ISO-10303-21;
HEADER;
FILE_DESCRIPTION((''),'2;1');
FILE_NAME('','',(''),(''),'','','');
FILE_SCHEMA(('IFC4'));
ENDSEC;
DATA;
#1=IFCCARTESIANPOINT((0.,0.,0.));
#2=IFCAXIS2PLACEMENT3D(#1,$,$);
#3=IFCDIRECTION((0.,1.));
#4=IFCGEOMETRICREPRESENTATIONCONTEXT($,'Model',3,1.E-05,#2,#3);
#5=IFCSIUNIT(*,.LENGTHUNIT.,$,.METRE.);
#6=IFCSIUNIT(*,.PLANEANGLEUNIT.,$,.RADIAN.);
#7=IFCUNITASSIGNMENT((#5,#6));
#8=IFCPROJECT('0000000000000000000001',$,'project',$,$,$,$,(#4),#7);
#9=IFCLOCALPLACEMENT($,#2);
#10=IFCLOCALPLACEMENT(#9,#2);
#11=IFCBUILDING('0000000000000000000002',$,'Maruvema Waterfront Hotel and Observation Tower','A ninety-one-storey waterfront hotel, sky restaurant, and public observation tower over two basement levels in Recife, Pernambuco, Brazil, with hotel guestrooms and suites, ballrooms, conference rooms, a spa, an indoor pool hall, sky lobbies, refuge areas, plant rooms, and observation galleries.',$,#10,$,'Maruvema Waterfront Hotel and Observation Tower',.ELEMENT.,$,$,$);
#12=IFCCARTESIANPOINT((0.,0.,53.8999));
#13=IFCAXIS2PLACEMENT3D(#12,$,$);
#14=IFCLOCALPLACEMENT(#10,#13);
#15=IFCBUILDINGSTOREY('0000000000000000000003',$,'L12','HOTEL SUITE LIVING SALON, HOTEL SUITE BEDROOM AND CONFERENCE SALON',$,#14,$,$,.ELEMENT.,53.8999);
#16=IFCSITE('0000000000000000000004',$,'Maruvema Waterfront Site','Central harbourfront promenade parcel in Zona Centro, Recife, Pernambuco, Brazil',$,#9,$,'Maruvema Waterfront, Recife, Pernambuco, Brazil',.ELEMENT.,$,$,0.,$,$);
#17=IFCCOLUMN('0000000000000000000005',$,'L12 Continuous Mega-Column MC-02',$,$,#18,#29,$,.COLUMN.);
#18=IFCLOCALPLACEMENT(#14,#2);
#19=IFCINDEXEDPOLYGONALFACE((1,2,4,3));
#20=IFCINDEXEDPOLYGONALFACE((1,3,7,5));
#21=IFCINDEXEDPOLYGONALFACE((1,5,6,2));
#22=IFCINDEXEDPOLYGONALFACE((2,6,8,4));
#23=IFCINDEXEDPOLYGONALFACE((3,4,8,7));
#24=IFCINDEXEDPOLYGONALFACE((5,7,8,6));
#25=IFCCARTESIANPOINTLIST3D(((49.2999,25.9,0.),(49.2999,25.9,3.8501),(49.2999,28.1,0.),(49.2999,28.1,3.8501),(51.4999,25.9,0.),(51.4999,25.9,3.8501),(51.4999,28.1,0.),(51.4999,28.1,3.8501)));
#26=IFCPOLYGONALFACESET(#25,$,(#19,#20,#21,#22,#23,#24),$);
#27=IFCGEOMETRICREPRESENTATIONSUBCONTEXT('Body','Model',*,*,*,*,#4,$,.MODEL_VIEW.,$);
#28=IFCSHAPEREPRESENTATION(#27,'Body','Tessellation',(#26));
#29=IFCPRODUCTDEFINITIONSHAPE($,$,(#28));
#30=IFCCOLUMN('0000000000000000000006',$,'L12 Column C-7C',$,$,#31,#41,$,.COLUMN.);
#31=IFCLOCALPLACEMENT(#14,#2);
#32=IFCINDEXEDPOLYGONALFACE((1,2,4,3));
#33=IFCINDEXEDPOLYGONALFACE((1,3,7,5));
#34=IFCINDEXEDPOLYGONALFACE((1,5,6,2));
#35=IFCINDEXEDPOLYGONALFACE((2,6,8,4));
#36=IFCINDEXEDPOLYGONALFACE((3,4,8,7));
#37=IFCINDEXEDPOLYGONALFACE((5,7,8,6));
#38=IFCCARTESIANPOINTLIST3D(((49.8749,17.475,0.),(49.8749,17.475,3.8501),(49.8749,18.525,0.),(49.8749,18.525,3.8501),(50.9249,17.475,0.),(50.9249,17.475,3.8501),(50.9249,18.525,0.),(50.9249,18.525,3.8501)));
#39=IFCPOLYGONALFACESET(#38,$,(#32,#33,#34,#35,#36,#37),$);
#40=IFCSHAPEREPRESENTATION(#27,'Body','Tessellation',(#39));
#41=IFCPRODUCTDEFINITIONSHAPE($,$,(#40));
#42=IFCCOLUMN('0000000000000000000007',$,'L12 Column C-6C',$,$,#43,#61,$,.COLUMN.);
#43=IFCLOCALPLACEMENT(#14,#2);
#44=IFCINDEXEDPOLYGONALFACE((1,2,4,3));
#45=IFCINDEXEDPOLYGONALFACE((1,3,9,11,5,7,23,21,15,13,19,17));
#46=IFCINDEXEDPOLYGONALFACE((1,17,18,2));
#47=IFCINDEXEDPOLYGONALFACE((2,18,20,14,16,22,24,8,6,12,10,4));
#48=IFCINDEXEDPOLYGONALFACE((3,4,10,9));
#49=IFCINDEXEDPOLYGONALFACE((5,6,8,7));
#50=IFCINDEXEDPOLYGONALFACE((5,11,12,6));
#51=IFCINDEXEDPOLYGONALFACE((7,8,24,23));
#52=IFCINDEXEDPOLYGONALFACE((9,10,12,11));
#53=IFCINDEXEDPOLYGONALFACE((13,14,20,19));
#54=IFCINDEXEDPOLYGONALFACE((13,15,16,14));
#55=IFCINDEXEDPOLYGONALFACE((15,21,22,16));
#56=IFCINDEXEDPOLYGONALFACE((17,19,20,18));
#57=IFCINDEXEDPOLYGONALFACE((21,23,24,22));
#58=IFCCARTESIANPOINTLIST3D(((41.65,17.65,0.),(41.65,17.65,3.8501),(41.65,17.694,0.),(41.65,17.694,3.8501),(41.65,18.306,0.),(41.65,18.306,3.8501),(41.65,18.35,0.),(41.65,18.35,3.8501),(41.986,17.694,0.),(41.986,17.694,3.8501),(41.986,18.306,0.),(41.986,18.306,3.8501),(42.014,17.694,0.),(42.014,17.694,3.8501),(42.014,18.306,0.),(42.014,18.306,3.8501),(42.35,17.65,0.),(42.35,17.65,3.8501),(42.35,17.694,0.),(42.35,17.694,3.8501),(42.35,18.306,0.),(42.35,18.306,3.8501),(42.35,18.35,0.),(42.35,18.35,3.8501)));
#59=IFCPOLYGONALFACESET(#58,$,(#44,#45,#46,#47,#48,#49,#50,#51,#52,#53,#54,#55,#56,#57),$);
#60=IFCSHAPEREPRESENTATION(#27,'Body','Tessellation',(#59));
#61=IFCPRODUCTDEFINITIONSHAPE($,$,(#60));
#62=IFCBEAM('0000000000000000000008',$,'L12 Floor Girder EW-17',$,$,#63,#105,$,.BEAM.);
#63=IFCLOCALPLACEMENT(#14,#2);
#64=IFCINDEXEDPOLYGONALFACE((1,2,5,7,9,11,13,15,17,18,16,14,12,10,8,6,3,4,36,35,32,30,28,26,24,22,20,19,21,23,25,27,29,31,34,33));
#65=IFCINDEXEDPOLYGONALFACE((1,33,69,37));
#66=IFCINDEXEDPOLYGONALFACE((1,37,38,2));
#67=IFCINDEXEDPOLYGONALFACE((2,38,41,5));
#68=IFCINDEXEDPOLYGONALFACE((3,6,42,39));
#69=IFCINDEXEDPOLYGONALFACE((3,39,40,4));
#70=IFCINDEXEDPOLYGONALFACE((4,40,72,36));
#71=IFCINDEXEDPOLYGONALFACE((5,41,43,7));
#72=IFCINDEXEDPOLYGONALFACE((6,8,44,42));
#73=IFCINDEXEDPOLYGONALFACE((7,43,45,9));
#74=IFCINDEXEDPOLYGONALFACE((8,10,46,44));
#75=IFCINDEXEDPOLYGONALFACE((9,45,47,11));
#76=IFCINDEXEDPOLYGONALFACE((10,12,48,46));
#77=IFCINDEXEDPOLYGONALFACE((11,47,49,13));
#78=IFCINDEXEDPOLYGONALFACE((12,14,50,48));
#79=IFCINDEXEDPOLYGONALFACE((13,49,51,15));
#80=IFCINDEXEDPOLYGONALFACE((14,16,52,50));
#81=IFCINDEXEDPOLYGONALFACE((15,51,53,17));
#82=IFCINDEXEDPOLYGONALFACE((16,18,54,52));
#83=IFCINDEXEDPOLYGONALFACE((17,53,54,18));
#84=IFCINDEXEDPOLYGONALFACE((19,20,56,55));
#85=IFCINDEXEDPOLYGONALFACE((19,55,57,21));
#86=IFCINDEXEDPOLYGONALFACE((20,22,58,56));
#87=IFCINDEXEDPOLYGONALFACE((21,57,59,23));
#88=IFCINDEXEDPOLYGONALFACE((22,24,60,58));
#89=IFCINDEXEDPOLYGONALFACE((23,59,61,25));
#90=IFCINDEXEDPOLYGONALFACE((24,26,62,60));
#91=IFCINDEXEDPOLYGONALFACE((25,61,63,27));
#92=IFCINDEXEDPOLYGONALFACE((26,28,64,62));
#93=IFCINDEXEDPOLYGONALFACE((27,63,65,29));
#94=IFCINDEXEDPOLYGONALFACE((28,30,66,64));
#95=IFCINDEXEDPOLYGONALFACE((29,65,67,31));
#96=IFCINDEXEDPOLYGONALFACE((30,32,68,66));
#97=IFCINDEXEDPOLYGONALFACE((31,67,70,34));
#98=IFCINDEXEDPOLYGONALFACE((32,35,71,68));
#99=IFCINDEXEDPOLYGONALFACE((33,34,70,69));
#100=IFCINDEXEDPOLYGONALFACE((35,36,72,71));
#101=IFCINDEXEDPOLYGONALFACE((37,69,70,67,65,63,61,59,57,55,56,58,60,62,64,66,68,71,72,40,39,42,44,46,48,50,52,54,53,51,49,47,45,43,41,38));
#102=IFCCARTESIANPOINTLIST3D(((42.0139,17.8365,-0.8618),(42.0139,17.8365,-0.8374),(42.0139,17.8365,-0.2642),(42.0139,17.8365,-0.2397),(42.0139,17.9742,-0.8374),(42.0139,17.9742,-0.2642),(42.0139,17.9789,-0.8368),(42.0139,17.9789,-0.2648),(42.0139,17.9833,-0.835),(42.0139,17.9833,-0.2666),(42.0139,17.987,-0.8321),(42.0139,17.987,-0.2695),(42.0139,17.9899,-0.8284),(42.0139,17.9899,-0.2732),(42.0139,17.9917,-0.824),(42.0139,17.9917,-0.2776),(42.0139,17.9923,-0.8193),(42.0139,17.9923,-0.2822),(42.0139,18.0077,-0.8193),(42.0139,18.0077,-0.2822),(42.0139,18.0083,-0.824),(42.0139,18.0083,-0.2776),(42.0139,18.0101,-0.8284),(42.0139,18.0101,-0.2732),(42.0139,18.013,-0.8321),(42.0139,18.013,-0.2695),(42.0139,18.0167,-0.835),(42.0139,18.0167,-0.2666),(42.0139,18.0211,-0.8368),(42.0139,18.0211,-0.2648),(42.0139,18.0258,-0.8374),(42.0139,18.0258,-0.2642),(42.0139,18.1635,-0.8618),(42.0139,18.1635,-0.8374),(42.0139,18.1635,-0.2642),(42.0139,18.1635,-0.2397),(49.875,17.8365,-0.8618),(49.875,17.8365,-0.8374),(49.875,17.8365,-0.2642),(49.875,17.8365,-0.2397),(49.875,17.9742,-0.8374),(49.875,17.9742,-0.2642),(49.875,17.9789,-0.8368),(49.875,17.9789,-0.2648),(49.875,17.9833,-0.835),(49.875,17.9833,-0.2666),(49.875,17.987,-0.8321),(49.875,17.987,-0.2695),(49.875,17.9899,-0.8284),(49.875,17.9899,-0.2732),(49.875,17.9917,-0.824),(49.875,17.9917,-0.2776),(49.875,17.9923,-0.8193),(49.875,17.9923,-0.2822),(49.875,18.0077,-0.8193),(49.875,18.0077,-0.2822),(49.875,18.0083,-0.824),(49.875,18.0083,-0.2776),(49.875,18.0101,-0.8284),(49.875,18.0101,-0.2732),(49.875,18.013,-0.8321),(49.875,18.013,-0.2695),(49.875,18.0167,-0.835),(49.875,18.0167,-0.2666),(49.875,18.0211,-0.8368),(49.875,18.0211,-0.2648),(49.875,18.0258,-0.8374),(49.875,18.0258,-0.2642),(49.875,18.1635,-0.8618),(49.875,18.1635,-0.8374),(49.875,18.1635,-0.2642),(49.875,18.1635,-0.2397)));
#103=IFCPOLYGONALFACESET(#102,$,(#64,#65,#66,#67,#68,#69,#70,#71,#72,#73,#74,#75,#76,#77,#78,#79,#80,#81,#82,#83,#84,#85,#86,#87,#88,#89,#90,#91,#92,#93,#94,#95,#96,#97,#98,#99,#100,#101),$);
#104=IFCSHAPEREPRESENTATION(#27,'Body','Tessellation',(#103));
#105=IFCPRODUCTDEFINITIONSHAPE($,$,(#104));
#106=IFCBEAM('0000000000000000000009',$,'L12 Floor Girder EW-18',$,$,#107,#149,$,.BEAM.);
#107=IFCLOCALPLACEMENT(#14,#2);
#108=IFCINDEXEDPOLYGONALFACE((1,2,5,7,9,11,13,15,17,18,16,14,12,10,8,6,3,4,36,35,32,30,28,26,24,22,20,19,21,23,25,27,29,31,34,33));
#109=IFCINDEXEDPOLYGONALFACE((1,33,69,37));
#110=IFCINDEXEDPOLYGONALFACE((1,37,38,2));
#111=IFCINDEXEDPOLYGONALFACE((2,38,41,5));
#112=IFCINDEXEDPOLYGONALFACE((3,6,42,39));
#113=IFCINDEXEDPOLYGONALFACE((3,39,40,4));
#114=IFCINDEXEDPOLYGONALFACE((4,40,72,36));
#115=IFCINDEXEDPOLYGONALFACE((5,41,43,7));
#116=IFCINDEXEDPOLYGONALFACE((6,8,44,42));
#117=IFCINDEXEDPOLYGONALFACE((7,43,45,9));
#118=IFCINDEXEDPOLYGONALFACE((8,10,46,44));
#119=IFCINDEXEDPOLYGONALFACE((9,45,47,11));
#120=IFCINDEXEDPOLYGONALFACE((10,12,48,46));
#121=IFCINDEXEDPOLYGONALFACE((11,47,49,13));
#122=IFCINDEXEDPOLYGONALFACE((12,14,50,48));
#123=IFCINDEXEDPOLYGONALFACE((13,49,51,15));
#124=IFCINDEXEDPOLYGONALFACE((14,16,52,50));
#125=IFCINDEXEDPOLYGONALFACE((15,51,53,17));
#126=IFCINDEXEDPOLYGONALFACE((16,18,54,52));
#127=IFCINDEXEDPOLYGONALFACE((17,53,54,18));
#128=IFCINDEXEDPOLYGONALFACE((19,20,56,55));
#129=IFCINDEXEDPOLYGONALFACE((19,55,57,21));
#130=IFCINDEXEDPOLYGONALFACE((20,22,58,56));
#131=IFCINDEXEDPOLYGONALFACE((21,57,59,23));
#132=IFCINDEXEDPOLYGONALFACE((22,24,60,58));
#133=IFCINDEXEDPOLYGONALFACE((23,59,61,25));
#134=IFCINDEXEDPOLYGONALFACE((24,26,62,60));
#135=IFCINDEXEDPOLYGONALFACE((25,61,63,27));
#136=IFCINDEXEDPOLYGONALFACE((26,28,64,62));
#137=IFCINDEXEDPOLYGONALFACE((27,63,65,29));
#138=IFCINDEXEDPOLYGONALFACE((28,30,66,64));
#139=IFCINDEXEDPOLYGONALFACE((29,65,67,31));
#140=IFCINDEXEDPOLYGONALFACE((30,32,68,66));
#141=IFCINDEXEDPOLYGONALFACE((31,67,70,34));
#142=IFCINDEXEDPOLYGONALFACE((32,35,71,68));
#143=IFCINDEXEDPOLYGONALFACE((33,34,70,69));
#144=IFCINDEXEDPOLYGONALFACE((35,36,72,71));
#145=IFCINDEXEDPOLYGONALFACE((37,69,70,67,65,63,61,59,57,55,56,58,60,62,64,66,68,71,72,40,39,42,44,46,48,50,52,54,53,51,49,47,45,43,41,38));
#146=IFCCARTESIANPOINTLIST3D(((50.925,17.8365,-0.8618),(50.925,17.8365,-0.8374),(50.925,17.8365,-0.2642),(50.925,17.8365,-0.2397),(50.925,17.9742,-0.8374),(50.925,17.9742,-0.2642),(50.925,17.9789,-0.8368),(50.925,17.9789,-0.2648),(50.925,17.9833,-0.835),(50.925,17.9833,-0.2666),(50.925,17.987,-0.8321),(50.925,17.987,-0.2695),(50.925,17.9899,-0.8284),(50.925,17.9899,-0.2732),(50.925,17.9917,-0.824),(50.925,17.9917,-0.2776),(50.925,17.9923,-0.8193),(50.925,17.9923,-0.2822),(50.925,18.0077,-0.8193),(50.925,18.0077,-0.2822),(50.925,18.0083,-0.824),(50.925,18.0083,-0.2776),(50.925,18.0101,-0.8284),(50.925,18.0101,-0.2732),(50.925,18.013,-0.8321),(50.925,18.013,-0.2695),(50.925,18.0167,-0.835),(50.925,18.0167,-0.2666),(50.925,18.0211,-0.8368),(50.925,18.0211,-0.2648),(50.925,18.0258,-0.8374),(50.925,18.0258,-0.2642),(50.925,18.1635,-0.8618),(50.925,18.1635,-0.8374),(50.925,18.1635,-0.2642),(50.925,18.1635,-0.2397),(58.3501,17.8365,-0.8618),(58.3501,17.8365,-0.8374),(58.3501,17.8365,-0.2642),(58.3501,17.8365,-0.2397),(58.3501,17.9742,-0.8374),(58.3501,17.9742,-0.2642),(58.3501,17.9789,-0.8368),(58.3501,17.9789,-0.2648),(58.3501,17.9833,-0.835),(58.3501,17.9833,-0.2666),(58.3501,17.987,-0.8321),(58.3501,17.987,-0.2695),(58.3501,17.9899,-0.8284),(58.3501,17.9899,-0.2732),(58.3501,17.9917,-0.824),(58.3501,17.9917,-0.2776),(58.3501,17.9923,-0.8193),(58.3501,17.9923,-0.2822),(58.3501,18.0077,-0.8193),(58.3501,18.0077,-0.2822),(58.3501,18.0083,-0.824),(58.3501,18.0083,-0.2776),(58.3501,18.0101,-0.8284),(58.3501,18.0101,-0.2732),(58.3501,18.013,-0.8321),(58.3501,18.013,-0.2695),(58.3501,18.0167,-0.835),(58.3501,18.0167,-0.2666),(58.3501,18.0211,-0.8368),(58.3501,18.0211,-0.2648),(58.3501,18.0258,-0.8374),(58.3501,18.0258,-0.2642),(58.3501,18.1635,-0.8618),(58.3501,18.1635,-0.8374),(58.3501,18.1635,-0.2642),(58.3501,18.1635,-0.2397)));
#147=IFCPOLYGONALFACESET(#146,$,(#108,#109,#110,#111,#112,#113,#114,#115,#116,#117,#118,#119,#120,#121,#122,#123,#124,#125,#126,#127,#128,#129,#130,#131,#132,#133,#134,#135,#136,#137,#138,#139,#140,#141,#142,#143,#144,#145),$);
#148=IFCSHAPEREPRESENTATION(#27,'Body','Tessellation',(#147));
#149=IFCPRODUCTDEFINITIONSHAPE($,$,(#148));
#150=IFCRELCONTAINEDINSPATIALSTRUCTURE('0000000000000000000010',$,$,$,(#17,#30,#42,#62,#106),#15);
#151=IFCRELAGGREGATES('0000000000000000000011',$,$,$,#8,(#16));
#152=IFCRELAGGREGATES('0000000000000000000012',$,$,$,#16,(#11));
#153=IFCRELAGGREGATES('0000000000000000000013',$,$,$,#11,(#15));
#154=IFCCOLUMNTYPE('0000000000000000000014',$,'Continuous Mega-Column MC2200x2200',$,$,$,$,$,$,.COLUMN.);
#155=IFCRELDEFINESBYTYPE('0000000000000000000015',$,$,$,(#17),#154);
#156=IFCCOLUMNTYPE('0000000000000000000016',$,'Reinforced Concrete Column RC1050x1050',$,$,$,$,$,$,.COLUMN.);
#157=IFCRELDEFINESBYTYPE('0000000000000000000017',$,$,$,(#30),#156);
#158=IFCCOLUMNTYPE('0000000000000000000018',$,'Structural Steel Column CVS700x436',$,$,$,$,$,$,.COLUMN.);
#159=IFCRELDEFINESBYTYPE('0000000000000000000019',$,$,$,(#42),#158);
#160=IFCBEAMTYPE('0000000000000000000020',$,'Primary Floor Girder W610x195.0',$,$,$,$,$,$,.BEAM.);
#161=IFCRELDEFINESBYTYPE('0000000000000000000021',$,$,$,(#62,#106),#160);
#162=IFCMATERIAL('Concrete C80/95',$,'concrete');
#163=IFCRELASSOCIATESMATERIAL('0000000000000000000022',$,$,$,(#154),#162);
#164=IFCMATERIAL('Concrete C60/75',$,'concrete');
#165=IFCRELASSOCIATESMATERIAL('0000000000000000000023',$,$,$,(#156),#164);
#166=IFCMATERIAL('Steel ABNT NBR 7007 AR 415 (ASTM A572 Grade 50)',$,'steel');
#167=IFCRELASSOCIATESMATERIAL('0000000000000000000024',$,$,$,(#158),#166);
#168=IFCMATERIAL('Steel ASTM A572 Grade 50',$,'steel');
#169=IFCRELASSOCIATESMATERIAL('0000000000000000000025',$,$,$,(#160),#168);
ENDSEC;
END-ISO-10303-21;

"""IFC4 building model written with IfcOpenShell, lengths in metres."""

from ifc_helpers import new_model, si_unit, direction, frame, origin, origin_2d, place, context, subcontext, project, spatial, rectangle, i_section, extrude, material, material_profile, profile_set, type_object, element, save


model = new_model("IFC4")

# Units and contexts
model_context = context("Model", 3, precision=1e-05, world=origin(), true_north=direction((0.0, 1.0)))
body_context = subcontext(model_context, "Body", "Model", "MODEL_VIEW")
ifc_project = project(units=[si_unit("LENGTHUNIT", "METRE"), si_unit("PLANEANGLEUNIT", "RADIAN")], contexts=[model_context])

# Site, building, storey
site_placement = place(None, origin())
site = spatial("IfcSite", under=ifc_project, at=site_placement, Name="Maruvema Waterfront Site", Description="Central harbourfront promenade parcel in Zona Centro, Recife, Pernambuco, Brazil", LongName="Maruvema Waterfront, Recife, Pernambuco, Brazil", CompositionType="ELEMENT", RefElevation=0.0)
building_placement = place(site_placement, origin())
building = spatial("IfcBuilding", under=site, at=building_placement, Name="Maruvema Waterfront Hotel and Observation Tower", Description="A ninety-one-storey waterfront hotel, sky restaurant, and public observation tower over two basement levels in Recife, Pernambuco, Brazil, with hotel guestrooms and suites, ballrooms, conference rooms, a spa, an indoor pool hall, sky lobbies, refuge areas, plant rooms, and observation galleries.", LongName="Maruvema Waterfront Hotel and Observation Tower", CompositionType="ELEMENT")
storey_placement = place(building_placement, frame((0.0, 0.0, 53.8999)))
storey = spatial("IfcBuildingStorey", under=building, at=storey_placement, Name="L12", Description="HOTEL SUITE LIVING SALON, HOTEL SUITE BEDROOM AND CONFERENCE SALON", CompositionType="ELEMENT", Elevation=53.8999)

# Columns
ifc_material_1 = material(Name="Concrete C80/95", Category="concrete")
ifc_material_profile_1 = material_profile(ifc_material_1, rectangle(XDim=2.2, YDim=2.2, at=origin_2d()), Name="MC2200x2200")
ifc_profile_set_1 = profile_set([ifc_material_profile_1], Name="Concrete C80/95")
column_type_1 = type_object("IfcColumnType", Name="Continuous Mega-Column MC2200x2200", PredefinedType="COLUMN", material=ifc_profile_set_1)
column_1_placement = place(storey_placement, frame((50.3999, 27.0, 0.0), z_axis=(0.0, 0.0, 1.0), x_axis=(1.0, 0.0, 0.0)))
element("IfcColumn", 1, at=column_1_placement, inside=storey, type_object=column_type_1, Name="L12 Continuous Mega-Column MC-02", PredefinedType="COLUMN", context=body_context, shape_type="SweptSolid", body=[
    extrude(rectangle(XDim=2.2, YDim=2.2, at=origin_2d()), origin(), (0.0, 0.0, 1.0), 3.8501),
])
ifc_material_2 = material(Name="Concrete C60/75", Category="concrete")
ifc_material_profile_2 = material_profile(ifc_material_2, rectangle(XDim=1.05, YDim=1.05, at=origin_2d()), Name="RC1050x1050")
ifc_profile_set_2 = profile_set([ifc_material_profile_2], Name="Concrete C60/75")
column_type_2 = type_object("IfcColumnType", Name="Reinforced Concrete Column RC1050x1050", PredefinedType="COLUMN", material=ifc_profile_set_2)
column_2_placement = place(storey_placement, frame((50.3999, 18.0, 0.0), z_axis=(0.0, 0.0, 1.0), x_axis=(1.0, 0.0, 0.0)))
element("IfcColumn", 2, at=column_2_placement, inside=storey, type_object=column_type_2, Name="L12 Column C-7C", PredefinedType="COLUMN", context=body_context, shape_type="SweptSolid", body=[
    extrude(rectangle(XDim=1.05, YDim=1.05, at=origin_2d()), origin(), (0.0, 0.0, 1.0), 3.8501),
])
ifc_material_3 = material(Name="Steel ABNT NBR 7007 AR 415 (ASTM A572 Grade 50)", Category="steel")
ifc_material_profile_3 = material_profile(ifc_material_3, i_section(OverallWidth=0.7, OverallDepth=0.7, WebThickness=0.0281, FlangeThickness=0.0439, at=origin_2d()), Name="CVS700x436")
ifc_profile_set_3 = profile_set([ifc_material_profile_3], Name="Steel ABNT NBR 7007 AR 415 (ASTM A572 Grade 50)")
column_type_3 = type_object("IfcColumnType", Name="Structural Steel Column CVS700x436", PredefinedType="COLUMN", material=ifc_profile_set_3)
column_3_placement = place(storey_placement, frame((42.0, 18.0, 0.0), z_axis=(0.0, 0.0, 1.0), x_axis=(1.0, 0.0, 0.0)))
element("IfcColumn", 3, at=column_3_placement, inside=storey, type_object=column_type_3, Name="L12 Column C-6C", PredefinedType="COLUMN", context=body_context, shape_type="SweptSolid", body=[
    extrude(i_section(OverallWidth=0.7, OverallDepth=0.7, WebThickness=0.0281, FlangeThickness=0.0439, at=origin_2d()), origin(), (0.0, 0.0, 1.0), 3.8501),
])

# Beams
ifc_material_4 = material(Name="Steel ASTM A572 Grade 50", Category="steel")
ifc_material_profile_4 = material_profile(ifc_material_4, i_section(OverallWidth=0.3269, OverallDepth=0.6221, WebThickness=0.0154, FlangeThickness=0.0244, FilletRadius=0.0181, at=origin_2d()), Name="W610x195.0")
ifc_profile_set_4 = profile_set([ifc_material_profile_4], Name="Steel ASTM A572 Grade 50")
beam_type = type_object("IfcBeamType", Name="Primary Floor Girder W610x195.0", PredefinedType="BEAM", material=ifc_profile_set_4)
beam_1_placement = place(storey_placement, frame((42.0139, 18.0, -0.5508), z_axis=(1.0, 0.0, 0.0), x_axis=(0.0, 1.0, 0.0)))
element("IfcBeam", 4, at=beam_1_placement, inside=storey, type_object=beam_type, Name="L12 Floor Girder EW-17", PredefinedType="BEAM", context=body_context, shape_type="SweptSolid", body=[
    extrude(i_section(OverallWidth=0.3269, OverallDepth=0.6221, WebThickness=0.0154, FlangeThickness=0.0244, FilletRadius=0.0181, at=origin_2d()), origin(), (0.0, 0.0, 1.0), 7.8611),
])
beam_2_placement = place(storey_placement, frame((50.925, 18.0, -0.5508), z_axis=(1.0, 0.0, 0.0), x_axis=(0.0, 1.0, 0.0)))
element("IfcBeam", 5, at=beam_2_placement, inside=storey, type_object=beam_type, Name="L12 Floor Girder EW-18", PredefinedType="BEAM", context=body_context, shape_type="SweptSolid", body=[
    extrude(i_section(OverallWidth=0.3269, OverallDepth=0.6221, WebThickness=0.0154, FlangeThickness=0.0244, FilletRadius=0.0181, at=origin_2d()), origin(), (0.0, 0.0, 1.0), 7.425),
])

save(model, "model.ifc")
